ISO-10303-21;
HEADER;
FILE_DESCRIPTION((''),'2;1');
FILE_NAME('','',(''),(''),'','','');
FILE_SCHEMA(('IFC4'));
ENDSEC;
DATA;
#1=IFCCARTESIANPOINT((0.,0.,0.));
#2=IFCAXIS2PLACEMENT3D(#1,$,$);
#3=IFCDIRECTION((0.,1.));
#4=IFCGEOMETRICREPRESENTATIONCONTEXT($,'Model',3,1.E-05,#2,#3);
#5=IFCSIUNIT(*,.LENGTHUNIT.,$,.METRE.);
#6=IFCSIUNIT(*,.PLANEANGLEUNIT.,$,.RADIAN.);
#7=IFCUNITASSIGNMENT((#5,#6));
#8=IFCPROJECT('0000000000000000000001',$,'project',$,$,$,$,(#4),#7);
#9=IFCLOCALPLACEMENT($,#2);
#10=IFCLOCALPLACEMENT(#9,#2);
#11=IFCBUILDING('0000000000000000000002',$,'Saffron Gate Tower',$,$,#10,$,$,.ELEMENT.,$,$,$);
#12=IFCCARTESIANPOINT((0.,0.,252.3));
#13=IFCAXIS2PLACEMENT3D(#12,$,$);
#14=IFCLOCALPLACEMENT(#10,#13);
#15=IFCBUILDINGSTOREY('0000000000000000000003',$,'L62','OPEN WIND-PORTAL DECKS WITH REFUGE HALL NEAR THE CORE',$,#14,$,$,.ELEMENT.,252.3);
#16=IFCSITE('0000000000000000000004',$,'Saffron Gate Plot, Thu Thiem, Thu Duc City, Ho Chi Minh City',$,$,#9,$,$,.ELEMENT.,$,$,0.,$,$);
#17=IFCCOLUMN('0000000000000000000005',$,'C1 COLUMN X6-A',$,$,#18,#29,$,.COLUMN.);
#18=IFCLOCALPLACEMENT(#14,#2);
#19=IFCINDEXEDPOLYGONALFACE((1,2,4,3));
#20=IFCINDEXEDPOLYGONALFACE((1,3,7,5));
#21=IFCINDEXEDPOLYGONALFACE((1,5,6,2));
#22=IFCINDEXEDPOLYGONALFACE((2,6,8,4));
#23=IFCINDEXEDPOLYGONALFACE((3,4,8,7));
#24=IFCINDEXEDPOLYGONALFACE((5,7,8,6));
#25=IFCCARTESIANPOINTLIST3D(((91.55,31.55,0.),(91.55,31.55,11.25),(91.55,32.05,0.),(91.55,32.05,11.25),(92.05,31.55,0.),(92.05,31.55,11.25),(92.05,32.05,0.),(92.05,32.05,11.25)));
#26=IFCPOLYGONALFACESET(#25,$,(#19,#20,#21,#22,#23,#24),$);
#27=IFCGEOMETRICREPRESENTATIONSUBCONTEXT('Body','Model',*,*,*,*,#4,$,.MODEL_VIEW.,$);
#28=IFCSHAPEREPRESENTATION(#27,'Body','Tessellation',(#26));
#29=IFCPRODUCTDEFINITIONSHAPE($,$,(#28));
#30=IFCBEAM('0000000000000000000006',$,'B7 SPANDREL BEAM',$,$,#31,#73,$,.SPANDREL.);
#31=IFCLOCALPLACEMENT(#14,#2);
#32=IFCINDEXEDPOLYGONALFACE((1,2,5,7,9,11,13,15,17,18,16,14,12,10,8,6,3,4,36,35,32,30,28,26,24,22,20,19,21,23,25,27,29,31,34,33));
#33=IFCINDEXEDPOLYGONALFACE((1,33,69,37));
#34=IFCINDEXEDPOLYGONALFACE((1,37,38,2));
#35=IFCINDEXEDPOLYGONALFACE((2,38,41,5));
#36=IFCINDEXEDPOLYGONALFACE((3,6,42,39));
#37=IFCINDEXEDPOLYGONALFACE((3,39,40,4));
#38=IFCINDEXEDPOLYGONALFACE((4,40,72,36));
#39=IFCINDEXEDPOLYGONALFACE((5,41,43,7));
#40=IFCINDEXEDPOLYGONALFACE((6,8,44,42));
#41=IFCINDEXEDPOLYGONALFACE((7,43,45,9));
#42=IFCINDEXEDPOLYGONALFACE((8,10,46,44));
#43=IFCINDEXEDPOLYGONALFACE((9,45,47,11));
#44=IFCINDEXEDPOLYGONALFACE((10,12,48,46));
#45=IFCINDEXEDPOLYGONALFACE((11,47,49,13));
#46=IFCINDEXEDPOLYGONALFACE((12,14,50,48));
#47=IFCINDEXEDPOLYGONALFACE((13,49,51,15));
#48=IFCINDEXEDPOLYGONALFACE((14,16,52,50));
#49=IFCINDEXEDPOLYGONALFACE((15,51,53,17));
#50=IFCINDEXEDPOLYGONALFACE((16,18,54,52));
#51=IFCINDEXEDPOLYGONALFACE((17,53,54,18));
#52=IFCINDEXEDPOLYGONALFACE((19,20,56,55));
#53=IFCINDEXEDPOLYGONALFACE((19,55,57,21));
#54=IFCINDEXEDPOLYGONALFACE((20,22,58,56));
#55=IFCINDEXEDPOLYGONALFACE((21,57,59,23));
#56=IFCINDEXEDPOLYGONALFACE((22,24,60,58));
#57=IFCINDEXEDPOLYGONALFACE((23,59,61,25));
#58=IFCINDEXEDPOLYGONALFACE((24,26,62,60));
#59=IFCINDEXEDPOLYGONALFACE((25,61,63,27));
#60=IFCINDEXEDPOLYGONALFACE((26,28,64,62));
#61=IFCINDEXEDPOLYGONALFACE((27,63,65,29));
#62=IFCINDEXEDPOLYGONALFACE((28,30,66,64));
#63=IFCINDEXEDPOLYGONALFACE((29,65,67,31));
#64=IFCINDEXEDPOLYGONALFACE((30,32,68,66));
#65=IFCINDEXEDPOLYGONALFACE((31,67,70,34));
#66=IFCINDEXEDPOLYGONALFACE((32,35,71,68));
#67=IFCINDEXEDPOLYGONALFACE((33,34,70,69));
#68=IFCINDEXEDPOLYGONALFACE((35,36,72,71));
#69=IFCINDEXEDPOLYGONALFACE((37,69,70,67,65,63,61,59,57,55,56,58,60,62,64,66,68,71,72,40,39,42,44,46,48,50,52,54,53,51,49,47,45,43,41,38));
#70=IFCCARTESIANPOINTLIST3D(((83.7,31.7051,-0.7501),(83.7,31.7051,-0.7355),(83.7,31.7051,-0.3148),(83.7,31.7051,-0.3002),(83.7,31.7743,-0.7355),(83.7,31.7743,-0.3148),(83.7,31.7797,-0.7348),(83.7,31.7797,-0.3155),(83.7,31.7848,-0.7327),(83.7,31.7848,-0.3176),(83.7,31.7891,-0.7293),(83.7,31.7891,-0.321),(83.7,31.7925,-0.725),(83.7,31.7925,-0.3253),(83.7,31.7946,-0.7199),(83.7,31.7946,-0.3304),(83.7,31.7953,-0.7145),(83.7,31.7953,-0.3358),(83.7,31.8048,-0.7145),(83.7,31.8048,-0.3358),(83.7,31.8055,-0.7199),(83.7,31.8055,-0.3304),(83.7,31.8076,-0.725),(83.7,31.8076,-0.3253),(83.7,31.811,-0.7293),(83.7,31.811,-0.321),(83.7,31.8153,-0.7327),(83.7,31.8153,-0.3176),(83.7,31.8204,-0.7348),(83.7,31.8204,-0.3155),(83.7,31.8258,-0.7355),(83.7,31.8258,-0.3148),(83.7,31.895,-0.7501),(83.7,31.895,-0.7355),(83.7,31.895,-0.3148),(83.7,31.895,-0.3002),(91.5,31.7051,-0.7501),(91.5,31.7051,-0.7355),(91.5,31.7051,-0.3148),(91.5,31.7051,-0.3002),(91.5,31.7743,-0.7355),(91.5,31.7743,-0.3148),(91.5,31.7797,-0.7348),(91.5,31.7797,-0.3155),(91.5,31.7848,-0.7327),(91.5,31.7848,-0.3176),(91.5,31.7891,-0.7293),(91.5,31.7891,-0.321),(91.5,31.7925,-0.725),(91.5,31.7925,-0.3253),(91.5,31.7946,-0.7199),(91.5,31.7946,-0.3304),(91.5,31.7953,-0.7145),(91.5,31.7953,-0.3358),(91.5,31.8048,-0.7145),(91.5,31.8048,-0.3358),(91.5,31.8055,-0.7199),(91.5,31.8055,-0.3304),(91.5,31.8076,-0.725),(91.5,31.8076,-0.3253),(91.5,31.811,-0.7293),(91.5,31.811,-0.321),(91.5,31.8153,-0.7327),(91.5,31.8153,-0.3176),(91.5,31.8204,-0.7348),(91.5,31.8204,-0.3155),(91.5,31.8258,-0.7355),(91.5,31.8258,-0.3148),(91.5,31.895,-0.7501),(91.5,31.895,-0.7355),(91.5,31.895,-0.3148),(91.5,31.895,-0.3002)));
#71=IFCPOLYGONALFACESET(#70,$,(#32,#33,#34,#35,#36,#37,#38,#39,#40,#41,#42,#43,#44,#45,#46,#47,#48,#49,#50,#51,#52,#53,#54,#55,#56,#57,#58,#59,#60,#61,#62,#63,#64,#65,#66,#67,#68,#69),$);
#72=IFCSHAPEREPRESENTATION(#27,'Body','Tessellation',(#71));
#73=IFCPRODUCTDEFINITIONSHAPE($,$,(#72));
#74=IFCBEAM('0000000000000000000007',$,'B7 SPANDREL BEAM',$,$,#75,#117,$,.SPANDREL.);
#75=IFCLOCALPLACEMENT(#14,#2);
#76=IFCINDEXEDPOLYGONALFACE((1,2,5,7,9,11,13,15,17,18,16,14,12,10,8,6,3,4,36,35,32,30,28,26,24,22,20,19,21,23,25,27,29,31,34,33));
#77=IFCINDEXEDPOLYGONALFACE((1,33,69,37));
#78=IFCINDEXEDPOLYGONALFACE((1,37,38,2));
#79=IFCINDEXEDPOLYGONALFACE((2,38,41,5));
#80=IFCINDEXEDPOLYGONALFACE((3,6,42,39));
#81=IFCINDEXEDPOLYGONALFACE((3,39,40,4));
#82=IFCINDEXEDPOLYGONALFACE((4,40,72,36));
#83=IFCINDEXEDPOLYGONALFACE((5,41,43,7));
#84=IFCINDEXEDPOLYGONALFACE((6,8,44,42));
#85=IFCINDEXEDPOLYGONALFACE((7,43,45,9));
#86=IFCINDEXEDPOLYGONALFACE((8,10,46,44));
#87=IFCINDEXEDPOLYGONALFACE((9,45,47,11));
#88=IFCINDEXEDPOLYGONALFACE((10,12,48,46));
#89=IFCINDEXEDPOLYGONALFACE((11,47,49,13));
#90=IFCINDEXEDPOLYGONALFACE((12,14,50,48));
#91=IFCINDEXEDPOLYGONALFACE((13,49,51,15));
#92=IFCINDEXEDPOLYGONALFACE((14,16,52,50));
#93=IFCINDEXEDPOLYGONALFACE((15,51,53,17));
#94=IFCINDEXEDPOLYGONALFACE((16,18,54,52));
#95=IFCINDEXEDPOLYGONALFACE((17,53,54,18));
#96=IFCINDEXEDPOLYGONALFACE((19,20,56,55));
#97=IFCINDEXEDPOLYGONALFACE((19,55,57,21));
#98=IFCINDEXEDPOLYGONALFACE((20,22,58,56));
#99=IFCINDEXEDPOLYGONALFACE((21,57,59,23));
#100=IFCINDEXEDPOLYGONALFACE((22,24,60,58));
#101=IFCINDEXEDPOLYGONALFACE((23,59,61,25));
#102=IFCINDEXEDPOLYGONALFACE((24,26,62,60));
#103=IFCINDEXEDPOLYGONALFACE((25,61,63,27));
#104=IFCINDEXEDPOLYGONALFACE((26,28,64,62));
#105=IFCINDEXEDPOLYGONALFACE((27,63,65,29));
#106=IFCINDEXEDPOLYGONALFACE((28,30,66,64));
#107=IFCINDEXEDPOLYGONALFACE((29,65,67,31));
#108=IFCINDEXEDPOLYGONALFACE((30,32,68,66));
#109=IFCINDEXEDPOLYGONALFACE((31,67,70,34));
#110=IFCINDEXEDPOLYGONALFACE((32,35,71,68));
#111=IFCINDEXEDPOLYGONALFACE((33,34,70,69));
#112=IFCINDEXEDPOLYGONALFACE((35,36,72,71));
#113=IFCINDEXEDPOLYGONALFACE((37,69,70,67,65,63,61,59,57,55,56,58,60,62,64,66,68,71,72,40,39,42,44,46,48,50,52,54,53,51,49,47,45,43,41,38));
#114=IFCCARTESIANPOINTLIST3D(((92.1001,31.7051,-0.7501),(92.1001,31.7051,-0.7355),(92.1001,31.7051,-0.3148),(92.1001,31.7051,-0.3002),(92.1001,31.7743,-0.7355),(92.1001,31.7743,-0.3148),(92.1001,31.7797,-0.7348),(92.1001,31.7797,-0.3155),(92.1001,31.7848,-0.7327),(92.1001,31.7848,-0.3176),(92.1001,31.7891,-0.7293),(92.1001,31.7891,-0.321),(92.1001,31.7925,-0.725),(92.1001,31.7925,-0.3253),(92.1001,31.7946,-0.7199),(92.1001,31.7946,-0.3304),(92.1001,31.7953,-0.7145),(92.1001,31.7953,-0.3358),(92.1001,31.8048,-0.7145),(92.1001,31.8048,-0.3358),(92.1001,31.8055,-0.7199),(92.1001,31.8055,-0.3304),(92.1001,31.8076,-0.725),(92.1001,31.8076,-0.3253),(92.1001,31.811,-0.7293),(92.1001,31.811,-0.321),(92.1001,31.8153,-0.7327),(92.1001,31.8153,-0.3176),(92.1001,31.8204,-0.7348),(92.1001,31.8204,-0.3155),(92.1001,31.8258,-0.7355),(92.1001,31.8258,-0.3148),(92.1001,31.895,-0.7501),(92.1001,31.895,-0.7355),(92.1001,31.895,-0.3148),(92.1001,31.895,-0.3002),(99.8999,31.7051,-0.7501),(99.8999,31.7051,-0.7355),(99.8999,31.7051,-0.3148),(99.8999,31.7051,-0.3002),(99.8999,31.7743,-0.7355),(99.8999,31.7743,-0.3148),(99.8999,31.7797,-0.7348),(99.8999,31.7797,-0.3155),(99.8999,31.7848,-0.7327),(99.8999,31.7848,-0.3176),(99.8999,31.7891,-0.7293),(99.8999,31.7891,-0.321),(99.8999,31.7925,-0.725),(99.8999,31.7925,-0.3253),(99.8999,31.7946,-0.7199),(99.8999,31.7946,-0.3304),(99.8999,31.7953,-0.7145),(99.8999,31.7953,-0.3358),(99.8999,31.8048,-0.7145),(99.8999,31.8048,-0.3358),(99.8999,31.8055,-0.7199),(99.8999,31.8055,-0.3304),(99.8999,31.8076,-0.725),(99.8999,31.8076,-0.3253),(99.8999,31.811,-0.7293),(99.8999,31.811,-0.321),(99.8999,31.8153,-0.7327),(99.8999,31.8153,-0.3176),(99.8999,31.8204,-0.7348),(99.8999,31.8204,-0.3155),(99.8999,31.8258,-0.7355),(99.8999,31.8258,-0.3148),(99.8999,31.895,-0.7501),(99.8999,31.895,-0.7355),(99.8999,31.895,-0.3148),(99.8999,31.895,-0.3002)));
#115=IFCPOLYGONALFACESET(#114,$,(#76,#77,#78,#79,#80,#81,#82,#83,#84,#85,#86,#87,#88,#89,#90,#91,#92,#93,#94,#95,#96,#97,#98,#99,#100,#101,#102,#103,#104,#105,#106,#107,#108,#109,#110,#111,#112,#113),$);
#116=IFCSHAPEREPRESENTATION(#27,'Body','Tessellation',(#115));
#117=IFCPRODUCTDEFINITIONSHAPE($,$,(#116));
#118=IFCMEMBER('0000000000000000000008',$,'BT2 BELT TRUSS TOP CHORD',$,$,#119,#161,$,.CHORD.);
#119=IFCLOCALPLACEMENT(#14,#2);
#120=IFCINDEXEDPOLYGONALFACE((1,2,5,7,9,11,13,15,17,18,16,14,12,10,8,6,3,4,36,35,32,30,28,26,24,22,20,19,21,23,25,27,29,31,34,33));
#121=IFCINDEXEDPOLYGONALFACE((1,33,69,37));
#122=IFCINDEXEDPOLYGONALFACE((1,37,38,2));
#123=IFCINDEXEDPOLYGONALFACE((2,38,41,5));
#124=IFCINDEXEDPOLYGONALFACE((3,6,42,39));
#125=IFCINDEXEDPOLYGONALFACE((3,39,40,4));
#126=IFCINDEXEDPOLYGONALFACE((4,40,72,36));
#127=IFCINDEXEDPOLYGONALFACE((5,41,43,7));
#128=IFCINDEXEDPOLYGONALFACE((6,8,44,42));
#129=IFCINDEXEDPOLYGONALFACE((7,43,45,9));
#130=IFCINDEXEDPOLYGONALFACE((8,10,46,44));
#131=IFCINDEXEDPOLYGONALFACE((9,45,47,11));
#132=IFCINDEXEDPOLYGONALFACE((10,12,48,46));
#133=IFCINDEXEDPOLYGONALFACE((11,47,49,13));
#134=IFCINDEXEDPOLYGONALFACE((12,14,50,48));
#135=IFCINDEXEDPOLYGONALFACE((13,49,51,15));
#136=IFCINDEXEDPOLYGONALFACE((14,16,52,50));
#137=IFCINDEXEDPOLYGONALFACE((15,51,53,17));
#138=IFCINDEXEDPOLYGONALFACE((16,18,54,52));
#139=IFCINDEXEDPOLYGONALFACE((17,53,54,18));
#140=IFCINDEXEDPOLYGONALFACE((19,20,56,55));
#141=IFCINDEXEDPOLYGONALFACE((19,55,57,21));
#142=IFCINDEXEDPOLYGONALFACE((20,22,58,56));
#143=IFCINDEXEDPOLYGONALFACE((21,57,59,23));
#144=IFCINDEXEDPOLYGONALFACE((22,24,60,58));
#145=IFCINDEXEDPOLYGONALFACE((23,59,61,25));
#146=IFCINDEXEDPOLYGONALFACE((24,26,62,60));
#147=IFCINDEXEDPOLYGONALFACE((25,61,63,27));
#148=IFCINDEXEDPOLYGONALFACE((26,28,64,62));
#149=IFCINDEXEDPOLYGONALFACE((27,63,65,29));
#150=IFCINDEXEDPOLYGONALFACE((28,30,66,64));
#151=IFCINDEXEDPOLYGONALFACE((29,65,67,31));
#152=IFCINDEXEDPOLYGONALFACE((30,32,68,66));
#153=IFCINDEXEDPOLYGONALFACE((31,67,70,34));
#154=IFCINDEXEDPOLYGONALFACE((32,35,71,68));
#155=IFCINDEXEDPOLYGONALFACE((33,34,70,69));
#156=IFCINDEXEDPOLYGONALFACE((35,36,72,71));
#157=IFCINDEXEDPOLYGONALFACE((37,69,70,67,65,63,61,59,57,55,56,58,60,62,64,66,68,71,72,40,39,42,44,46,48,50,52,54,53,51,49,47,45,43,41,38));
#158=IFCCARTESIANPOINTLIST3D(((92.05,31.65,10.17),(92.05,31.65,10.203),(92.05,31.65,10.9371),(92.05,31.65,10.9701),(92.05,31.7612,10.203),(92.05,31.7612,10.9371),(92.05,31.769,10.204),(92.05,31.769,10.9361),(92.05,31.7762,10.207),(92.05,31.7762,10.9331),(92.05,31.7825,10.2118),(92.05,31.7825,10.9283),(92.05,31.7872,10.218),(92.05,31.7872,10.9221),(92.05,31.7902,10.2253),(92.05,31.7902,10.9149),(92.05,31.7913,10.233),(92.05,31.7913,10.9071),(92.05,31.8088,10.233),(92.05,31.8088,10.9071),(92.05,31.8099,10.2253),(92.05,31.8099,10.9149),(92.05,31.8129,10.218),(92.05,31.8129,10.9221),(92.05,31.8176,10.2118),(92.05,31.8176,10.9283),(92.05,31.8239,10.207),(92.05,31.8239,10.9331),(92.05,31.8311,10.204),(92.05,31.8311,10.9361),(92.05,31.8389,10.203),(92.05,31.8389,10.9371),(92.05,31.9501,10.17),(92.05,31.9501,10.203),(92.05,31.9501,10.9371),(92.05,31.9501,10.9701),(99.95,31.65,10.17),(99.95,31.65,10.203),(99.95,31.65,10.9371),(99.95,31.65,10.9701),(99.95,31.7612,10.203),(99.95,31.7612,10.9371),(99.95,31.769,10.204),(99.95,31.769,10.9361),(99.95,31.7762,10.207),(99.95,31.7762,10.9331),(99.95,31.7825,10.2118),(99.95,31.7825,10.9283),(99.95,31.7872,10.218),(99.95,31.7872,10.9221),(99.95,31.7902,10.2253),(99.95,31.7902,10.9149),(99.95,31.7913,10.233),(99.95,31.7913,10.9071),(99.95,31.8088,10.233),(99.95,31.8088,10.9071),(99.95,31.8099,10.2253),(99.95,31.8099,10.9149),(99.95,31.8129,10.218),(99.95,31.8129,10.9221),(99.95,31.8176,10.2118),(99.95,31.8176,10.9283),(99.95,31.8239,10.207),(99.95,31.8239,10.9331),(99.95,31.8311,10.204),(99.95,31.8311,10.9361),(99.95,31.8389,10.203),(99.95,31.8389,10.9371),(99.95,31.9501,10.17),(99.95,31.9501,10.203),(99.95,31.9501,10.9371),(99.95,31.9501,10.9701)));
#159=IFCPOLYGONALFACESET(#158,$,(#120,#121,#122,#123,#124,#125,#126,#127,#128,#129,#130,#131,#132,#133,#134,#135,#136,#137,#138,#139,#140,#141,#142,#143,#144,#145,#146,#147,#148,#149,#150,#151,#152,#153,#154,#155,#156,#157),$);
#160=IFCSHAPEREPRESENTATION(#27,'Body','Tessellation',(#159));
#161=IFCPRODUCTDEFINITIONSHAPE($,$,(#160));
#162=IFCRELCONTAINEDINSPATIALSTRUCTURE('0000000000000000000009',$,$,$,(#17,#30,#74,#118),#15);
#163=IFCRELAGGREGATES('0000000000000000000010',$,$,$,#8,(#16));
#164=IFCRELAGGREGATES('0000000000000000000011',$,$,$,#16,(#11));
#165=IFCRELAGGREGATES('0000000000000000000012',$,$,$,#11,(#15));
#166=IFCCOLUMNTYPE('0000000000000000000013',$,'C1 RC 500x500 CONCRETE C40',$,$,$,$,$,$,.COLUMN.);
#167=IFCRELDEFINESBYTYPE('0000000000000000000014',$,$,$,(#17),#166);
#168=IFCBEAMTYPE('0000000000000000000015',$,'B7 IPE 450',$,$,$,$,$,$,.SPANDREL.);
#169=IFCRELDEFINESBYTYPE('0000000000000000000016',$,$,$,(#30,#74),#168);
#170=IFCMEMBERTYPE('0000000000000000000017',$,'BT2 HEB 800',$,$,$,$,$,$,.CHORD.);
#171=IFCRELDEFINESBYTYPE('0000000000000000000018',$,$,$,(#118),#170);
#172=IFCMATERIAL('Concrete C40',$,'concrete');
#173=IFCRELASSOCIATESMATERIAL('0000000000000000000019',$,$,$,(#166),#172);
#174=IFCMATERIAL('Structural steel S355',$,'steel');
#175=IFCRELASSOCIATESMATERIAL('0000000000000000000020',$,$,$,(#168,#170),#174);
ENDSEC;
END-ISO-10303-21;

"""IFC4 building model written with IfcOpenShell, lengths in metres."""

from ifc_helpers import new_model, si_unit, direction, frame, origin, origin_2d, place, context, subcontext, project, spatial, rectangle, i_section, extrude, material, material_profile, profile_set, type_object, element, save


model = new_model("IFC4")

# Units and contexts
model_context = context("Model", 3, precision=1e-05, world=origin(), true_north=direction((0.0, 1.0)))
body_context = subcontext(model_context, "Body", "Model", "MODEL_VIEW")
ifc_project = project(units=[si_unit("LENGTHUNIT", "METRE"), si_unit("PLANEANGLEUNIT", "RADIAN")], contexts=[model_context])

# Site, building, storey
site_placement = place(None, origin())
site = spatial("IfcSite", under=ifc_project, at=site_placement, Name="Saffron Gate Plot, Thu Thiem, Thu Duc City, Ho Chi Minh City", CompositionType="ELEMENT", RefElevation=0.0)
building_placement = place(site_placement, origin())
building = spatial("IfcBuilding", under=site, at=building_placement, Name="Saffron Gate Tower", CompositionType="ELEMENT")
storey_placement = place(building_placement, frame((0.0, 0.0, 252.3)))
storey = spatial("IfcBuildingStorey", under=building, at=storey_placement, Name="L62", Description="OPEN WIND-PORTAL DECKS WITH REFUGE HALL NEAR THE CORE", CompositionType="ELEMENT", Elevation=252.3)

# Column
ifc_material_1 = material(Name="Concrete C40", Category="concrete")
ifc_material_profile_1 = material_profile(ifc_material_1, rectangle(XDim=0.5, YDim=0.5, at=origin_2d()))
ifc_profile_set_1 = profile_set([ifc_material_profile_1], Name="Concrete C40")
column_type = type_object("IfcColumnType", Name="C1 RC 500x500 CONCRETE C40", PredefinedType="COLUMN", material=ifc_profile_set_1)
column_placement = place(storey_placement, frame((91.8, 31.8, 0.0), z_axis=(0.0, 0.0, 1.0), x_axis=(1.0, 0.0, 0.0)))
element("IfcColumn", 1, at=column_placement, inside=storey, type_object=column_type, Name="C1 COLUMN X6-A", PredefinedType="COLUMN", context=body_context, shape_type="SweptSolid", body=[
    extrude(rectangle(XDim=0.5, YDim=0.5, at=origin_2d()), origin(), (0.0, 0.0, 1.0), 11.25),
])

# Beams
ifc_material_2 = material(Name="Structural steel S355", Category="steel")
ifc_material_profile_2 = material_profile(ifc_material_2, i_section(OverallWidth=0.1899, OverallDepth=0.45, WebThickness=0.0095, FlangeThickness=0.0146, FilletRadius=0.021, at=origin_2d()))
ifc_profile_set_2 = profile_set([ifc_material_profile_2], Name="Structural steel S355")
beam_type_1 = type_object("IfcBeamType", Name="B7 IPE 450", PredefinedType="SPANDREL", material=ifc_profile_set_2)
beam_1_placement = place(storey_placement, frame((83.7, 31.8, -0.5251), z_axis=(1.0, 0.0, 0.0), x_axis=(0.0, 1.0, 0.0)))
element("IfcBeam", 2, at=beam_1_placement, inside=storey, type_object=beam_type_1, Name="B7 SPANDREL BEAM", PredefinedType="SPANDREL", context=body_context, shape_type="SweptSolid", body=[
    extrude(i_section(OverallWidth=0.1899, OverallDepth=0.45, WebThickness=0.0095, FlangeThickness=0.0146, FilletRadius=0.021, at=origin_2d()), origin(), (0.0, 0.0, 1.0), 7.8),
])
beam_2_placement = place(storey_placement, frame((92.1001, 31.8, -0.5251), z_axis=(1.0, 0.0, 0.0), x_axis=(0.0, 1.0, 0.0)))
element("IfcBeam", 3, at=beam_2_placement, inside=storey, type_object=beam_type_1, Name="B7 SPANDREL BEAM", PredefinedType="SPANDREL", context=body_context, shape_type="SweptSolid", body=[
    extrude(i_section(OverallWidth=0.1899, OverallDepth=0.45, WebThickness=0.0095, FlangeThickness=0.0146, FilletRadius=0.021, at=origin_2d()), origin(), (0.0, 0.0, 1.0), 7.7998),
])

# Member
ifc_material_profile_3 = material_profile(ifc_material_2, i_section(OverallWidth=0.3, OverallDepth=0.8, WebThickness=0.0176, FlangeThickness=0.033, FilletRadius=0.03, at=origin_2d()))
ifc_profile_set_3 = profile_set([ifc_material_profile_3], Name="Structural steel S355")
member_type_1 = type_object("IfcMemberType", Name="BT2 HEB 800", PredefinedType="CHORD", material=ifc_profile_set_3)
for number, where, z_axis, x_axis, name in (
    (4, (92.05, 31.8, 10.5701), (1.0, 0.0, 0.0), (0.0, 1.0, 0.0), "BT2 BELT TRUSS TOP CHORD"),
):
    element("IfcMember", number, at=place(storey_placement, frame(where, z_axis=z_axis, x_axis=x_axis)), inside=storey, type_object=member_type_1, Name=name, PredefinedType="CHORD", context=body_context, shape_type="SweptSolid", body=[
        extrude(i_section(OverallWidth=0.3, OverallDepth=0.8, WebThickness=0.0176, FlangeThickness=0.033, FilletRadius=0.03, at=origin_2d()), origin(), (0.0, 0.0, 1.0), 7.8999),
    ])

save(model, "model.ifc")
